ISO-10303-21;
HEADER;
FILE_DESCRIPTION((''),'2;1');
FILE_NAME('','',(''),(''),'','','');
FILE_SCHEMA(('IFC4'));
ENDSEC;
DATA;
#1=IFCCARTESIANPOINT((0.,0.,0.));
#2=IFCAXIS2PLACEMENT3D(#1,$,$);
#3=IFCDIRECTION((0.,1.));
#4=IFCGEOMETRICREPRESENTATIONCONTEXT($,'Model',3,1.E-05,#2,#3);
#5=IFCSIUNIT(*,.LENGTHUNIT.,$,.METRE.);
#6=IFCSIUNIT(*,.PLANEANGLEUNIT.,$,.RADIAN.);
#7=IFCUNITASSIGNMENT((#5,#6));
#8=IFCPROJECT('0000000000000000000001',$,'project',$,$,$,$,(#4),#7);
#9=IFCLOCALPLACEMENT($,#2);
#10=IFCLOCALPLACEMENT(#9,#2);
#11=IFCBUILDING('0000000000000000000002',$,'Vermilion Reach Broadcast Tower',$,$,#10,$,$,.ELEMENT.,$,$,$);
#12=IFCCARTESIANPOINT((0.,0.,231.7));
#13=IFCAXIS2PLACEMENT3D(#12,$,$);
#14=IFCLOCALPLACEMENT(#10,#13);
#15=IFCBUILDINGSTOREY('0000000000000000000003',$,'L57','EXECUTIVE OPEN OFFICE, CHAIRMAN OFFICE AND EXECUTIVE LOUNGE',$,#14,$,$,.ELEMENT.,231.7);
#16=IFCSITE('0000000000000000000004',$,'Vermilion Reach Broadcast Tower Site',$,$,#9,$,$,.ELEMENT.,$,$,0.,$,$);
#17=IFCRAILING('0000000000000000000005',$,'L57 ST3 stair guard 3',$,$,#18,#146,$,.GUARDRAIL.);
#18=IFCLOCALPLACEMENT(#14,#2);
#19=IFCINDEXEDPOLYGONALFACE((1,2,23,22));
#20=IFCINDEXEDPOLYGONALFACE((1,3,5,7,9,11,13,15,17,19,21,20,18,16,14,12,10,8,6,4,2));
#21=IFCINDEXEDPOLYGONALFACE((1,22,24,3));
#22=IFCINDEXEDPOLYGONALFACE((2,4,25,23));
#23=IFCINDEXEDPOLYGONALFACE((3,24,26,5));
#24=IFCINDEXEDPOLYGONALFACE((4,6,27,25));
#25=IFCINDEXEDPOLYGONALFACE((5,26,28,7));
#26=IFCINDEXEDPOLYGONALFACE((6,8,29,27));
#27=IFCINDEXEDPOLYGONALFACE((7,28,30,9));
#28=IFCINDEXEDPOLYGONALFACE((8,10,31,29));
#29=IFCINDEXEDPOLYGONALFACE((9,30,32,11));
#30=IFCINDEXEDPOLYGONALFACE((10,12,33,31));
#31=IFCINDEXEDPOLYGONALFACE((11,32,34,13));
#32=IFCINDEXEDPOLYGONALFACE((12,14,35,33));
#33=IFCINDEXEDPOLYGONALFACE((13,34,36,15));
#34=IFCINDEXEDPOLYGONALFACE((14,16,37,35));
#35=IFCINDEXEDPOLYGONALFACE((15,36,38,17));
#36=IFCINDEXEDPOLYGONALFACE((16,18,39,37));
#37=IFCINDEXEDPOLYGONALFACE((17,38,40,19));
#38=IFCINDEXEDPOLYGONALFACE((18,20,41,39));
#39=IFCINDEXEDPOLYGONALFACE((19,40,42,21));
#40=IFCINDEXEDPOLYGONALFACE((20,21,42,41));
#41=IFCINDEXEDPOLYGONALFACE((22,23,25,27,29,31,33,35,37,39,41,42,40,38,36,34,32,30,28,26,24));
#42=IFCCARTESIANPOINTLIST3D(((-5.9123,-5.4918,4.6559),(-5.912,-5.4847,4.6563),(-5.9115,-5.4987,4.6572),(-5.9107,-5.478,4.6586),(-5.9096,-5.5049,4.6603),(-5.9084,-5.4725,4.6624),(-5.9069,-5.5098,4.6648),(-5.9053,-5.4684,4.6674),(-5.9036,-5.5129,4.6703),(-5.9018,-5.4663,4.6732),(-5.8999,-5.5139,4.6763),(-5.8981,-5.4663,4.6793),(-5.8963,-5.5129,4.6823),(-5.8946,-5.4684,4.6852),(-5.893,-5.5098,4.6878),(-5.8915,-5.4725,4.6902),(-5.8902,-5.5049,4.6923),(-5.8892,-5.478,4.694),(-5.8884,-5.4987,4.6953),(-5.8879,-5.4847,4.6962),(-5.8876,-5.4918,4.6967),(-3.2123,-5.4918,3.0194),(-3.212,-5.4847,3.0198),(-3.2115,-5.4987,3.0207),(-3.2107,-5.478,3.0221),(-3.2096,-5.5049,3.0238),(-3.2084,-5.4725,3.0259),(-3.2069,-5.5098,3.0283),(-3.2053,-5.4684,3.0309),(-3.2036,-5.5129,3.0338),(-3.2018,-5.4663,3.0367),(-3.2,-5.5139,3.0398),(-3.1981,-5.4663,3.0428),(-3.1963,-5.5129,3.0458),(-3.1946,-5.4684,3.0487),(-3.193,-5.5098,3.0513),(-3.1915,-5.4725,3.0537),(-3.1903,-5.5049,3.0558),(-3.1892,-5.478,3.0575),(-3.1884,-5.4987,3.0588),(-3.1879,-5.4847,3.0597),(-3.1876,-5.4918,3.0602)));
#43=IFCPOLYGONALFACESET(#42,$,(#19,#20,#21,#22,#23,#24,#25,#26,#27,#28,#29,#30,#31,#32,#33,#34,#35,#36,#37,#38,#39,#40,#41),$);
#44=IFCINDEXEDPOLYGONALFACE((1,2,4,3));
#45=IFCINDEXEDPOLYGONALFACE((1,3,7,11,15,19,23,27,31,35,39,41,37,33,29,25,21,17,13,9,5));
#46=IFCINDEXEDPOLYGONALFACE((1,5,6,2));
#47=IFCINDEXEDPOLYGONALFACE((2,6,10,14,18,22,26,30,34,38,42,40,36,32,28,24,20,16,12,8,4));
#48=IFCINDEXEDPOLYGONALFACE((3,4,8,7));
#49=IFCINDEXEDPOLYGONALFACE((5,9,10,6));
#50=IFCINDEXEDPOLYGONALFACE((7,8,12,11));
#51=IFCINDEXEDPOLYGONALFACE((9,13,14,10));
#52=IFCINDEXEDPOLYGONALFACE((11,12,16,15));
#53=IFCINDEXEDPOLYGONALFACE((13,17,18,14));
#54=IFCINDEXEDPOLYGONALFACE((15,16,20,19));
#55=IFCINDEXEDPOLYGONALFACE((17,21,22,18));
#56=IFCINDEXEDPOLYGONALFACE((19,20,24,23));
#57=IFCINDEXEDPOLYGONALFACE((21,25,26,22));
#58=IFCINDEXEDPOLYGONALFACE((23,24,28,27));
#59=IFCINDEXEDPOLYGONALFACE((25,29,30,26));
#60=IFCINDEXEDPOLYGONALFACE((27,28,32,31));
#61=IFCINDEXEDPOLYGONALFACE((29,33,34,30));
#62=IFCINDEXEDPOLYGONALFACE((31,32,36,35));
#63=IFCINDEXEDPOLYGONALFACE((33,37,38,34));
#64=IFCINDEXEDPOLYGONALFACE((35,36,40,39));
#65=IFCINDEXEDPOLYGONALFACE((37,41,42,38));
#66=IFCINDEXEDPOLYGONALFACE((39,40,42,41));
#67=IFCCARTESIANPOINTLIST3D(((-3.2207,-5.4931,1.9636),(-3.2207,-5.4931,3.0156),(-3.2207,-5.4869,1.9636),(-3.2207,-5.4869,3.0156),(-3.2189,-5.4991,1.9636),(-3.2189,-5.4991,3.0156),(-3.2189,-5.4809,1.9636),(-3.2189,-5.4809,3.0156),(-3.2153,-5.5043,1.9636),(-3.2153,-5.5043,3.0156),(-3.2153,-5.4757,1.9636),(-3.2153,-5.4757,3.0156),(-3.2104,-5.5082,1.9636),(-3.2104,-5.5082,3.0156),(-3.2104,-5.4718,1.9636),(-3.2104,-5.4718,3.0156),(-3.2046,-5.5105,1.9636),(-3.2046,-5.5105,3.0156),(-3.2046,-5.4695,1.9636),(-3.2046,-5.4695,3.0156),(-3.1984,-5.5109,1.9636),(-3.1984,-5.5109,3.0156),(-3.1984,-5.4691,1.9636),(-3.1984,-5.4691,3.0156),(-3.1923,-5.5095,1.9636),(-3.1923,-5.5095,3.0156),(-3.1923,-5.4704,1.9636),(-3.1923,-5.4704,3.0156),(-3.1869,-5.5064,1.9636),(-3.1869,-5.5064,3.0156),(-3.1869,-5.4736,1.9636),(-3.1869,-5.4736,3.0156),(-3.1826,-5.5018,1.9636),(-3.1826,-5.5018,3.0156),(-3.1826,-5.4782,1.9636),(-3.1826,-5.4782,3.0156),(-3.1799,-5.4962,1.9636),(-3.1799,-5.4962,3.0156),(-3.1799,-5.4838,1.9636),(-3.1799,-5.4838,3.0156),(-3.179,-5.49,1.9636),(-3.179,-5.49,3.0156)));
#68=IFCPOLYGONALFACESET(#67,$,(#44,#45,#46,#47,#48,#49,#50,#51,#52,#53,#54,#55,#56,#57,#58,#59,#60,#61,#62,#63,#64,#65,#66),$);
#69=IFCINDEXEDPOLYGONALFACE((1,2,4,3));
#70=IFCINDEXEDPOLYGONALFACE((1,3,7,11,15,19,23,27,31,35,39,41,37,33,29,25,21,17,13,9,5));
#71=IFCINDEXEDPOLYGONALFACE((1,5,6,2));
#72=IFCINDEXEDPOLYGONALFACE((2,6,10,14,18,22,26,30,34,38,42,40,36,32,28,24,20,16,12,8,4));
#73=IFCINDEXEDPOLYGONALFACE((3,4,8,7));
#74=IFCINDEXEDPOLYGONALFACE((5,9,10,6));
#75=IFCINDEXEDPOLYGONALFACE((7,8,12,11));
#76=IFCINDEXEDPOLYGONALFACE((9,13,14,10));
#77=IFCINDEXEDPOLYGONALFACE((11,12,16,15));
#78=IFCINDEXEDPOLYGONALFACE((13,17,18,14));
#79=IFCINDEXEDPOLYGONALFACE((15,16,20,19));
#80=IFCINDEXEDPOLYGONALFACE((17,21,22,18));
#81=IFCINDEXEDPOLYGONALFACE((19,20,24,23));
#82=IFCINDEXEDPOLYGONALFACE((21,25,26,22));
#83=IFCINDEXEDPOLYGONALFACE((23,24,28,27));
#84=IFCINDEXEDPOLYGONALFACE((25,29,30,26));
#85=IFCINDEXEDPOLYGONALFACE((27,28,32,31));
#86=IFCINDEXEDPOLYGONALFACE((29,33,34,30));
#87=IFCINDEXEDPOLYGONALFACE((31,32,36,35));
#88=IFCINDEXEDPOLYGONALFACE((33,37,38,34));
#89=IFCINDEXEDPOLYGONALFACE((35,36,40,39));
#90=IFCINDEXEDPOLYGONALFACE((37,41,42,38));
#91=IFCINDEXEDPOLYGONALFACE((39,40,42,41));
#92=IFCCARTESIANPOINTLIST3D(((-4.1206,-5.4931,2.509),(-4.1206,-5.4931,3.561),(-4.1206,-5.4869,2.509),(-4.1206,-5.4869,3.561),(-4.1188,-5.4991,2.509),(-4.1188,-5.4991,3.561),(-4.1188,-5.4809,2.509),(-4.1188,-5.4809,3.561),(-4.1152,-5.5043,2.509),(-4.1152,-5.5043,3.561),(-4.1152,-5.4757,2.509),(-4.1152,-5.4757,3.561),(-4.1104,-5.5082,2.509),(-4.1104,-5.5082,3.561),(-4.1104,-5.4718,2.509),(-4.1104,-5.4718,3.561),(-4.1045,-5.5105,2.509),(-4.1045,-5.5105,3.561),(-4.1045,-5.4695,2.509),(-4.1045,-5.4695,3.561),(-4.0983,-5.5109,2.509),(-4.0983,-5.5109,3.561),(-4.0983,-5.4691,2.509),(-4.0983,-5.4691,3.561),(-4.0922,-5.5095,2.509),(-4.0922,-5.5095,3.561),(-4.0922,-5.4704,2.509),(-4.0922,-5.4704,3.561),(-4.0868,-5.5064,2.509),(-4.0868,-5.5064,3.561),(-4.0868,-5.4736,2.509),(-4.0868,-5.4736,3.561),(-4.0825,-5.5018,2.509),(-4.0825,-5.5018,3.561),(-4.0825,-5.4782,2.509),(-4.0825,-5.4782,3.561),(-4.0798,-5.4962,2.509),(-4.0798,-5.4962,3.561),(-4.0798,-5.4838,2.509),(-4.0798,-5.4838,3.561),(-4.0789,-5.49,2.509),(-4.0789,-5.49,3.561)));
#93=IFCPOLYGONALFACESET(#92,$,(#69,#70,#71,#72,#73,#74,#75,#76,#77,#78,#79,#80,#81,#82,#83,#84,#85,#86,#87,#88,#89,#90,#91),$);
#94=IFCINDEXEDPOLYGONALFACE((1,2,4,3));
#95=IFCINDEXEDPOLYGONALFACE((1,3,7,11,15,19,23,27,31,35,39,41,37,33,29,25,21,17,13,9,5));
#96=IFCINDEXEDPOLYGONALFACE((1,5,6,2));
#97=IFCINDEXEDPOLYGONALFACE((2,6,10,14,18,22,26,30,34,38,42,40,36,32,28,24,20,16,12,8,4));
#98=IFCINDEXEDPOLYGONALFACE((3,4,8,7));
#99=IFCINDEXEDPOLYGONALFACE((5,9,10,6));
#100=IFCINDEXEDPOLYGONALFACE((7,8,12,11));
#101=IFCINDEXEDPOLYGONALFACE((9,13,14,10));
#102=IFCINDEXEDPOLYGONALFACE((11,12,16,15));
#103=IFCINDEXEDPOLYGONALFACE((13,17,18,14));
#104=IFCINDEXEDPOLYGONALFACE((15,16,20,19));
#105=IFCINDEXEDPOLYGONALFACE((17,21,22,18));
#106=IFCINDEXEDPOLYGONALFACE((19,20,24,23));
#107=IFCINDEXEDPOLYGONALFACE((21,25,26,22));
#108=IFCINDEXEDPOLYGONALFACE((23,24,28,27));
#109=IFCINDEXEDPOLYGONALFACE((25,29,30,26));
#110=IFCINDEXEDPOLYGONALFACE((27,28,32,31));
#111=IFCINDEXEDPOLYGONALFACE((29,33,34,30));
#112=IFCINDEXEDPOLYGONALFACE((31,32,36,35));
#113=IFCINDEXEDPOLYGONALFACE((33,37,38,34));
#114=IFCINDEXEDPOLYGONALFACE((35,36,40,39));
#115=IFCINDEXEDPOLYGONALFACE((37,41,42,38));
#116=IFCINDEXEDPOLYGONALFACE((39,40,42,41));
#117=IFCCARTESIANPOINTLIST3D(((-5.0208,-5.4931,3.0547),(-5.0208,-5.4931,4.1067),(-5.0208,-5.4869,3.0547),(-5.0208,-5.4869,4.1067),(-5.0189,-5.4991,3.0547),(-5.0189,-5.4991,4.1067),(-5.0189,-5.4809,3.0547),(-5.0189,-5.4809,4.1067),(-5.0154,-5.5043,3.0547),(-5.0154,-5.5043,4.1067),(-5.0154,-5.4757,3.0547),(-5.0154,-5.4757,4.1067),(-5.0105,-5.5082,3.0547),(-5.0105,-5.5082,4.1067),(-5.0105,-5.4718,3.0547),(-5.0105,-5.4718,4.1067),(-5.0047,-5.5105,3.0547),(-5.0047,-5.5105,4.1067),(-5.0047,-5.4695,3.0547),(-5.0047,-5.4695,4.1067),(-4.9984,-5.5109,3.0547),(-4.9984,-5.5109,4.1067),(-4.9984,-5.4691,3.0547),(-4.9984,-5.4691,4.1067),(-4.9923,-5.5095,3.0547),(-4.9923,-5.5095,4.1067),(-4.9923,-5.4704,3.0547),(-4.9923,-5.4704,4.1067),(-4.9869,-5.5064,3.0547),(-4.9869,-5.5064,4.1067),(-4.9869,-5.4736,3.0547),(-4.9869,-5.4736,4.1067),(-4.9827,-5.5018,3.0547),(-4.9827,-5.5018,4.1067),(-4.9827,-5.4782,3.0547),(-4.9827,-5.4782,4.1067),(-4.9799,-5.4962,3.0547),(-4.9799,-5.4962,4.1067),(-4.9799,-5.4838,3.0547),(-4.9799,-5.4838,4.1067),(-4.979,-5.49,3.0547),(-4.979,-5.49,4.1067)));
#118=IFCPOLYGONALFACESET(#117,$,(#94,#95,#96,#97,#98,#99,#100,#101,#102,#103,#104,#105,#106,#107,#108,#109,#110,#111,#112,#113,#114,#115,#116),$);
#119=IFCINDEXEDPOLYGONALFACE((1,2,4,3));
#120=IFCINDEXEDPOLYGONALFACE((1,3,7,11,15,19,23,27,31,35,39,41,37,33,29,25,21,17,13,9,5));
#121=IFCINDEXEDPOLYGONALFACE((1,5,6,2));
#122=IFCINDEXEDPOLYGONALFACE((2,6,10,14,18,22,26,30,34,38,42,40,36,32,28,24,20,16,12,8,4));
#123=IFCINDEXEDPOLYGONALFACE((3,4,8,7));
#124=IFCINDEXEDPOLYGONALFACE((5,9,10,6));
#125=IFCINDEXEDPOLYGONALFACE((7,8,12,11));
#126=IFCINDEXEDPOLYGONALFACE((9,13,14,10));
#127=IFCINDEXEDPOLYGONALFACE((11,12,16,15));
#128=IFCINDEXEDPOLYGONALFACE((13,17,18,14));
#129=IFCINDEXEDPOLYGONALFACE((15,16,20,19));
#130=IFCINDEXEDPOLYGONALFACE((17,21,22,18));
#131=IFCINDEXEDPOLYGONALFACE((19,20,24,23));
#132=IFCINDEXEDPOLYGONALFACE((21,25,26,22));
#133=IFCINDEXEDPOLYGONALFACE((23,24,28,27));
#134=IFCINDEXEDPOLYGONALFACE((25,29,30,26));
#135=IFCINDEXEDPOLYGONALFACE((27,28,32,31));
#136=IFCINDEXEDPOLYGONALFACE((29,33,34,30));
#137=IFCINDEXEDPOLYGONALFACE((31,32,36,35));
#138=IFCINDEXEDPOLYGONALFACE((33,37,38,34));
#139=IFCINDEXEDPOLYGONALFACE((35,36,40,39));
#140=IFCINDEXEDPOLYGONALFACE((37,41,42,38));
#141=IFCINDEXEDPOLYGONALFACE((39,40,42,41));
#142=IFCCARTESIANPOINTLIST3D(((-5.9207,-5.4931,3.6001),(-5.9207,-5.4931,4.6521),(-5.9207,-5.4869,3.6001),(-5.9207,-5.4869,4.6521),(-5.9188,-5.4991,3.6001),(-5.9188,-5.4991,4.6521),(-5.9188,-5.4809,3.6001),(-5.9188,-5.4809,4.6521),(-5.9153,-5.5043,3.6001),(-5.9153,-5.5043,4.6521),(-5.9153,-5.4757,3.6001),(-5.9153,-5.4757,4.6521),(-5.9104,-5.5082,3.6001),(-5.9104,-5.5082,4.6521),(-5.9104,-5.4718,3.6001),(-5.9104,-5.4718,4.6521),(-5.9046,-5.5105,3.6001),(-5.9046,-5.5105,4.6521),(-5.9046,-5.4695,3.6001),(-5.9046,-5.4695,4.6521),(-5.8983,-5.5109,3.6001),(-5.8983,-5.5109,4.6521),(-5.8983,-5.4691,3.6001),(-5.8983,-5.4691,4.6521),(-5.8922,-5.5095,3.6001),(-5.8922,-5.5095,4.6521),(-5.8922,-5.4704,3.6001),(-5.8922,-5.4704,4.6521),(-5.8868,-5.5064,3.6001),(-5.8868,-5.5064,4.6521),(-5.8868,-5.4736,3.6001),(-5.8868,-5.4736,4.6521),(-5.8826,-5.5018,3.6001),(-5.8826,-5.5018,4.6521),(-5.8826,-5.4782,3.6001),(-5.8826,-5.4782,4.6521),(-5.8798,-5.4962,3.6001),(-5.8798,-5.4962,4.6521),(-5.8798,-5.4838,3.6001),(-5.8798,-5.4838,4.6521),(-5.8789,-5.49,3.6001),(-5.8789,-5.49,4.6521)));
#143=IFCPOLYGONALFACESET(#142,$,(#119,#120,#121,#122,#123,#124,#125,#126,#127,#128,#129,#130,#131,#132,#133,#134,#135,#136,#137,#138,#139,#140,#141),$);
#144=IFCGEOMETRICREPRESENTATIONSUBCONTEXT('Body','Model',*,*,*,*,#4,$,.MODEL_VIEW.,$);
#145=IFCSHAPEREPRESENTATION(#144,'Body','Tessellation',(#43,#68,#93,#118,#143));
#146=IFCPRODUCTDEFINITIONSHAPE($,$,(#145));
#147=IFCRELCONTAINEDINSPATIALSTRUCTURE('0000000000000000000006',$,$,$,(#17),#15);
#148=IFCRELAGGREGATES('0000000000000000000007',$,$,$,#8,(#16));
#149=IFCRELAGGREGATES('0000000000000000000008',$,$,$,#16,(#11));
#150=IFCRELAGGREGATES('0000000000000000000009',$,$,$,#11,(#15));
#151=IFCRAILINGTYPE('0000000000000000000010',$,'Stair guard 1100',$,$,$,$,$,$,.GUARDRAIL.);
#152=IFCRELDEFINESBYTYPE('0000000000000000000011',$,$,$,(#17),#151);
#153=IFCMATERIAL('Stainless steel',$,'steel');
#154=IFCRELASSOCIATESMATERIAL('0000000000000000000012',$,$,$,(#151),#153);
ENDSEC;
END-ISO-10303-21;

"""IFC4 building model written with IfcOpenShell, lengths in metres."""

from ifc_helpers import new_model, si_unit, direction, frame, origin, origin_2d, place, context, subcontext, project, spatial, circle, extrude, material, type_object, element, save


model = new_model("IFC4")

# Units and contexts
model_context = context("Model", 3, precision=1e-05, world=origin(), true_north=direction((0.0, 1.0)))
body_context = subcontext(model_context, "Body", "Model", "MODEL_VIEW")
ifc_project = project(units=[si_unit("LENGTHUNIT", "METRE"), si_unit("PLANEANGLEUNIT", "RADIAN")], contexts=[model_context])

# Site, building, storey
site_placement = place(None, origin())
site = spatial("IfcSite", under=ifc_project, at=site_placement, Name="Vermilion Reach Broadcast Tower Site", CompositionType="ELEMENT", RefElevation=0.0)
building_placement = place(site_placement, origin())
building = spatial("IfcBuilding", under=site, at=building_placement, Name="Vermilion Reach Broadcast Tower", CompositionType="ELEMENT")
storey_placement = place(building_placement, frame((0.0, 0.0, 231.7)))
storey = spatial("IfcBuildingStorey", under=building, at=storey_placement, Name="L57", Description="EXECUTIVE OPEN OFFICE, CHAIRMAN OFFICE AND EXECUTIVE LOUNGE", CompositionType="ELEMENT", Elevation=231.7)

# Railing
ifc_material_1 = material(Name="Stainless steel", Category="steel")
railing_type_1 = type_object("IfcRailingType", Name="Stair guard 1100", PredefinedType="GUARDRAIL", material=ifc_material_1)
railing_1_placement = place(storey_placement, frame((-3.2, -5.49, 1.9636)))
element("IfcRailing", 1, at=railing_1_placement, inside=storey, type_object=railing_type_1, Name="L57 ST3 stair guard 3", PredefinedType="GUARDRAIL", context=body_context, shape_type="SweptSolid", body=[
    extrude(circle(Radius=0.0239, at=origin_2d()), frame((0.0, 0.0, 1.0762), z_axis=(-0.855178, 0.0, 0.518334), x_axis=(0.0, -1.0, 0.0)), (0.0, 0.0, 1.0), 3.1572),
    extrude(circle(Radius=0.021, at=origin_2d()), origin(), (0.0, 0.0, 1.0), 1.052),
    extrude(circle(Radius=0.021, at=origin_2d()), frame((-0.8999, 0.0, 0.5454)), (0.0, 0.0, 1.0), 1.052),
    extrude(circle(Radius=0.021, at=origin_2d()), frame((-1.8, 0.0, 1.0911)), (0.0, 0.0, 1.0), 1.052),
    extrude(circle(Radius=0.021, at=origin_2d()), frame((-2.7, 0.0, 1.6365)), (0.0, 0.0, 1.0), 1.052),
])

save(model, "model.ifc")
